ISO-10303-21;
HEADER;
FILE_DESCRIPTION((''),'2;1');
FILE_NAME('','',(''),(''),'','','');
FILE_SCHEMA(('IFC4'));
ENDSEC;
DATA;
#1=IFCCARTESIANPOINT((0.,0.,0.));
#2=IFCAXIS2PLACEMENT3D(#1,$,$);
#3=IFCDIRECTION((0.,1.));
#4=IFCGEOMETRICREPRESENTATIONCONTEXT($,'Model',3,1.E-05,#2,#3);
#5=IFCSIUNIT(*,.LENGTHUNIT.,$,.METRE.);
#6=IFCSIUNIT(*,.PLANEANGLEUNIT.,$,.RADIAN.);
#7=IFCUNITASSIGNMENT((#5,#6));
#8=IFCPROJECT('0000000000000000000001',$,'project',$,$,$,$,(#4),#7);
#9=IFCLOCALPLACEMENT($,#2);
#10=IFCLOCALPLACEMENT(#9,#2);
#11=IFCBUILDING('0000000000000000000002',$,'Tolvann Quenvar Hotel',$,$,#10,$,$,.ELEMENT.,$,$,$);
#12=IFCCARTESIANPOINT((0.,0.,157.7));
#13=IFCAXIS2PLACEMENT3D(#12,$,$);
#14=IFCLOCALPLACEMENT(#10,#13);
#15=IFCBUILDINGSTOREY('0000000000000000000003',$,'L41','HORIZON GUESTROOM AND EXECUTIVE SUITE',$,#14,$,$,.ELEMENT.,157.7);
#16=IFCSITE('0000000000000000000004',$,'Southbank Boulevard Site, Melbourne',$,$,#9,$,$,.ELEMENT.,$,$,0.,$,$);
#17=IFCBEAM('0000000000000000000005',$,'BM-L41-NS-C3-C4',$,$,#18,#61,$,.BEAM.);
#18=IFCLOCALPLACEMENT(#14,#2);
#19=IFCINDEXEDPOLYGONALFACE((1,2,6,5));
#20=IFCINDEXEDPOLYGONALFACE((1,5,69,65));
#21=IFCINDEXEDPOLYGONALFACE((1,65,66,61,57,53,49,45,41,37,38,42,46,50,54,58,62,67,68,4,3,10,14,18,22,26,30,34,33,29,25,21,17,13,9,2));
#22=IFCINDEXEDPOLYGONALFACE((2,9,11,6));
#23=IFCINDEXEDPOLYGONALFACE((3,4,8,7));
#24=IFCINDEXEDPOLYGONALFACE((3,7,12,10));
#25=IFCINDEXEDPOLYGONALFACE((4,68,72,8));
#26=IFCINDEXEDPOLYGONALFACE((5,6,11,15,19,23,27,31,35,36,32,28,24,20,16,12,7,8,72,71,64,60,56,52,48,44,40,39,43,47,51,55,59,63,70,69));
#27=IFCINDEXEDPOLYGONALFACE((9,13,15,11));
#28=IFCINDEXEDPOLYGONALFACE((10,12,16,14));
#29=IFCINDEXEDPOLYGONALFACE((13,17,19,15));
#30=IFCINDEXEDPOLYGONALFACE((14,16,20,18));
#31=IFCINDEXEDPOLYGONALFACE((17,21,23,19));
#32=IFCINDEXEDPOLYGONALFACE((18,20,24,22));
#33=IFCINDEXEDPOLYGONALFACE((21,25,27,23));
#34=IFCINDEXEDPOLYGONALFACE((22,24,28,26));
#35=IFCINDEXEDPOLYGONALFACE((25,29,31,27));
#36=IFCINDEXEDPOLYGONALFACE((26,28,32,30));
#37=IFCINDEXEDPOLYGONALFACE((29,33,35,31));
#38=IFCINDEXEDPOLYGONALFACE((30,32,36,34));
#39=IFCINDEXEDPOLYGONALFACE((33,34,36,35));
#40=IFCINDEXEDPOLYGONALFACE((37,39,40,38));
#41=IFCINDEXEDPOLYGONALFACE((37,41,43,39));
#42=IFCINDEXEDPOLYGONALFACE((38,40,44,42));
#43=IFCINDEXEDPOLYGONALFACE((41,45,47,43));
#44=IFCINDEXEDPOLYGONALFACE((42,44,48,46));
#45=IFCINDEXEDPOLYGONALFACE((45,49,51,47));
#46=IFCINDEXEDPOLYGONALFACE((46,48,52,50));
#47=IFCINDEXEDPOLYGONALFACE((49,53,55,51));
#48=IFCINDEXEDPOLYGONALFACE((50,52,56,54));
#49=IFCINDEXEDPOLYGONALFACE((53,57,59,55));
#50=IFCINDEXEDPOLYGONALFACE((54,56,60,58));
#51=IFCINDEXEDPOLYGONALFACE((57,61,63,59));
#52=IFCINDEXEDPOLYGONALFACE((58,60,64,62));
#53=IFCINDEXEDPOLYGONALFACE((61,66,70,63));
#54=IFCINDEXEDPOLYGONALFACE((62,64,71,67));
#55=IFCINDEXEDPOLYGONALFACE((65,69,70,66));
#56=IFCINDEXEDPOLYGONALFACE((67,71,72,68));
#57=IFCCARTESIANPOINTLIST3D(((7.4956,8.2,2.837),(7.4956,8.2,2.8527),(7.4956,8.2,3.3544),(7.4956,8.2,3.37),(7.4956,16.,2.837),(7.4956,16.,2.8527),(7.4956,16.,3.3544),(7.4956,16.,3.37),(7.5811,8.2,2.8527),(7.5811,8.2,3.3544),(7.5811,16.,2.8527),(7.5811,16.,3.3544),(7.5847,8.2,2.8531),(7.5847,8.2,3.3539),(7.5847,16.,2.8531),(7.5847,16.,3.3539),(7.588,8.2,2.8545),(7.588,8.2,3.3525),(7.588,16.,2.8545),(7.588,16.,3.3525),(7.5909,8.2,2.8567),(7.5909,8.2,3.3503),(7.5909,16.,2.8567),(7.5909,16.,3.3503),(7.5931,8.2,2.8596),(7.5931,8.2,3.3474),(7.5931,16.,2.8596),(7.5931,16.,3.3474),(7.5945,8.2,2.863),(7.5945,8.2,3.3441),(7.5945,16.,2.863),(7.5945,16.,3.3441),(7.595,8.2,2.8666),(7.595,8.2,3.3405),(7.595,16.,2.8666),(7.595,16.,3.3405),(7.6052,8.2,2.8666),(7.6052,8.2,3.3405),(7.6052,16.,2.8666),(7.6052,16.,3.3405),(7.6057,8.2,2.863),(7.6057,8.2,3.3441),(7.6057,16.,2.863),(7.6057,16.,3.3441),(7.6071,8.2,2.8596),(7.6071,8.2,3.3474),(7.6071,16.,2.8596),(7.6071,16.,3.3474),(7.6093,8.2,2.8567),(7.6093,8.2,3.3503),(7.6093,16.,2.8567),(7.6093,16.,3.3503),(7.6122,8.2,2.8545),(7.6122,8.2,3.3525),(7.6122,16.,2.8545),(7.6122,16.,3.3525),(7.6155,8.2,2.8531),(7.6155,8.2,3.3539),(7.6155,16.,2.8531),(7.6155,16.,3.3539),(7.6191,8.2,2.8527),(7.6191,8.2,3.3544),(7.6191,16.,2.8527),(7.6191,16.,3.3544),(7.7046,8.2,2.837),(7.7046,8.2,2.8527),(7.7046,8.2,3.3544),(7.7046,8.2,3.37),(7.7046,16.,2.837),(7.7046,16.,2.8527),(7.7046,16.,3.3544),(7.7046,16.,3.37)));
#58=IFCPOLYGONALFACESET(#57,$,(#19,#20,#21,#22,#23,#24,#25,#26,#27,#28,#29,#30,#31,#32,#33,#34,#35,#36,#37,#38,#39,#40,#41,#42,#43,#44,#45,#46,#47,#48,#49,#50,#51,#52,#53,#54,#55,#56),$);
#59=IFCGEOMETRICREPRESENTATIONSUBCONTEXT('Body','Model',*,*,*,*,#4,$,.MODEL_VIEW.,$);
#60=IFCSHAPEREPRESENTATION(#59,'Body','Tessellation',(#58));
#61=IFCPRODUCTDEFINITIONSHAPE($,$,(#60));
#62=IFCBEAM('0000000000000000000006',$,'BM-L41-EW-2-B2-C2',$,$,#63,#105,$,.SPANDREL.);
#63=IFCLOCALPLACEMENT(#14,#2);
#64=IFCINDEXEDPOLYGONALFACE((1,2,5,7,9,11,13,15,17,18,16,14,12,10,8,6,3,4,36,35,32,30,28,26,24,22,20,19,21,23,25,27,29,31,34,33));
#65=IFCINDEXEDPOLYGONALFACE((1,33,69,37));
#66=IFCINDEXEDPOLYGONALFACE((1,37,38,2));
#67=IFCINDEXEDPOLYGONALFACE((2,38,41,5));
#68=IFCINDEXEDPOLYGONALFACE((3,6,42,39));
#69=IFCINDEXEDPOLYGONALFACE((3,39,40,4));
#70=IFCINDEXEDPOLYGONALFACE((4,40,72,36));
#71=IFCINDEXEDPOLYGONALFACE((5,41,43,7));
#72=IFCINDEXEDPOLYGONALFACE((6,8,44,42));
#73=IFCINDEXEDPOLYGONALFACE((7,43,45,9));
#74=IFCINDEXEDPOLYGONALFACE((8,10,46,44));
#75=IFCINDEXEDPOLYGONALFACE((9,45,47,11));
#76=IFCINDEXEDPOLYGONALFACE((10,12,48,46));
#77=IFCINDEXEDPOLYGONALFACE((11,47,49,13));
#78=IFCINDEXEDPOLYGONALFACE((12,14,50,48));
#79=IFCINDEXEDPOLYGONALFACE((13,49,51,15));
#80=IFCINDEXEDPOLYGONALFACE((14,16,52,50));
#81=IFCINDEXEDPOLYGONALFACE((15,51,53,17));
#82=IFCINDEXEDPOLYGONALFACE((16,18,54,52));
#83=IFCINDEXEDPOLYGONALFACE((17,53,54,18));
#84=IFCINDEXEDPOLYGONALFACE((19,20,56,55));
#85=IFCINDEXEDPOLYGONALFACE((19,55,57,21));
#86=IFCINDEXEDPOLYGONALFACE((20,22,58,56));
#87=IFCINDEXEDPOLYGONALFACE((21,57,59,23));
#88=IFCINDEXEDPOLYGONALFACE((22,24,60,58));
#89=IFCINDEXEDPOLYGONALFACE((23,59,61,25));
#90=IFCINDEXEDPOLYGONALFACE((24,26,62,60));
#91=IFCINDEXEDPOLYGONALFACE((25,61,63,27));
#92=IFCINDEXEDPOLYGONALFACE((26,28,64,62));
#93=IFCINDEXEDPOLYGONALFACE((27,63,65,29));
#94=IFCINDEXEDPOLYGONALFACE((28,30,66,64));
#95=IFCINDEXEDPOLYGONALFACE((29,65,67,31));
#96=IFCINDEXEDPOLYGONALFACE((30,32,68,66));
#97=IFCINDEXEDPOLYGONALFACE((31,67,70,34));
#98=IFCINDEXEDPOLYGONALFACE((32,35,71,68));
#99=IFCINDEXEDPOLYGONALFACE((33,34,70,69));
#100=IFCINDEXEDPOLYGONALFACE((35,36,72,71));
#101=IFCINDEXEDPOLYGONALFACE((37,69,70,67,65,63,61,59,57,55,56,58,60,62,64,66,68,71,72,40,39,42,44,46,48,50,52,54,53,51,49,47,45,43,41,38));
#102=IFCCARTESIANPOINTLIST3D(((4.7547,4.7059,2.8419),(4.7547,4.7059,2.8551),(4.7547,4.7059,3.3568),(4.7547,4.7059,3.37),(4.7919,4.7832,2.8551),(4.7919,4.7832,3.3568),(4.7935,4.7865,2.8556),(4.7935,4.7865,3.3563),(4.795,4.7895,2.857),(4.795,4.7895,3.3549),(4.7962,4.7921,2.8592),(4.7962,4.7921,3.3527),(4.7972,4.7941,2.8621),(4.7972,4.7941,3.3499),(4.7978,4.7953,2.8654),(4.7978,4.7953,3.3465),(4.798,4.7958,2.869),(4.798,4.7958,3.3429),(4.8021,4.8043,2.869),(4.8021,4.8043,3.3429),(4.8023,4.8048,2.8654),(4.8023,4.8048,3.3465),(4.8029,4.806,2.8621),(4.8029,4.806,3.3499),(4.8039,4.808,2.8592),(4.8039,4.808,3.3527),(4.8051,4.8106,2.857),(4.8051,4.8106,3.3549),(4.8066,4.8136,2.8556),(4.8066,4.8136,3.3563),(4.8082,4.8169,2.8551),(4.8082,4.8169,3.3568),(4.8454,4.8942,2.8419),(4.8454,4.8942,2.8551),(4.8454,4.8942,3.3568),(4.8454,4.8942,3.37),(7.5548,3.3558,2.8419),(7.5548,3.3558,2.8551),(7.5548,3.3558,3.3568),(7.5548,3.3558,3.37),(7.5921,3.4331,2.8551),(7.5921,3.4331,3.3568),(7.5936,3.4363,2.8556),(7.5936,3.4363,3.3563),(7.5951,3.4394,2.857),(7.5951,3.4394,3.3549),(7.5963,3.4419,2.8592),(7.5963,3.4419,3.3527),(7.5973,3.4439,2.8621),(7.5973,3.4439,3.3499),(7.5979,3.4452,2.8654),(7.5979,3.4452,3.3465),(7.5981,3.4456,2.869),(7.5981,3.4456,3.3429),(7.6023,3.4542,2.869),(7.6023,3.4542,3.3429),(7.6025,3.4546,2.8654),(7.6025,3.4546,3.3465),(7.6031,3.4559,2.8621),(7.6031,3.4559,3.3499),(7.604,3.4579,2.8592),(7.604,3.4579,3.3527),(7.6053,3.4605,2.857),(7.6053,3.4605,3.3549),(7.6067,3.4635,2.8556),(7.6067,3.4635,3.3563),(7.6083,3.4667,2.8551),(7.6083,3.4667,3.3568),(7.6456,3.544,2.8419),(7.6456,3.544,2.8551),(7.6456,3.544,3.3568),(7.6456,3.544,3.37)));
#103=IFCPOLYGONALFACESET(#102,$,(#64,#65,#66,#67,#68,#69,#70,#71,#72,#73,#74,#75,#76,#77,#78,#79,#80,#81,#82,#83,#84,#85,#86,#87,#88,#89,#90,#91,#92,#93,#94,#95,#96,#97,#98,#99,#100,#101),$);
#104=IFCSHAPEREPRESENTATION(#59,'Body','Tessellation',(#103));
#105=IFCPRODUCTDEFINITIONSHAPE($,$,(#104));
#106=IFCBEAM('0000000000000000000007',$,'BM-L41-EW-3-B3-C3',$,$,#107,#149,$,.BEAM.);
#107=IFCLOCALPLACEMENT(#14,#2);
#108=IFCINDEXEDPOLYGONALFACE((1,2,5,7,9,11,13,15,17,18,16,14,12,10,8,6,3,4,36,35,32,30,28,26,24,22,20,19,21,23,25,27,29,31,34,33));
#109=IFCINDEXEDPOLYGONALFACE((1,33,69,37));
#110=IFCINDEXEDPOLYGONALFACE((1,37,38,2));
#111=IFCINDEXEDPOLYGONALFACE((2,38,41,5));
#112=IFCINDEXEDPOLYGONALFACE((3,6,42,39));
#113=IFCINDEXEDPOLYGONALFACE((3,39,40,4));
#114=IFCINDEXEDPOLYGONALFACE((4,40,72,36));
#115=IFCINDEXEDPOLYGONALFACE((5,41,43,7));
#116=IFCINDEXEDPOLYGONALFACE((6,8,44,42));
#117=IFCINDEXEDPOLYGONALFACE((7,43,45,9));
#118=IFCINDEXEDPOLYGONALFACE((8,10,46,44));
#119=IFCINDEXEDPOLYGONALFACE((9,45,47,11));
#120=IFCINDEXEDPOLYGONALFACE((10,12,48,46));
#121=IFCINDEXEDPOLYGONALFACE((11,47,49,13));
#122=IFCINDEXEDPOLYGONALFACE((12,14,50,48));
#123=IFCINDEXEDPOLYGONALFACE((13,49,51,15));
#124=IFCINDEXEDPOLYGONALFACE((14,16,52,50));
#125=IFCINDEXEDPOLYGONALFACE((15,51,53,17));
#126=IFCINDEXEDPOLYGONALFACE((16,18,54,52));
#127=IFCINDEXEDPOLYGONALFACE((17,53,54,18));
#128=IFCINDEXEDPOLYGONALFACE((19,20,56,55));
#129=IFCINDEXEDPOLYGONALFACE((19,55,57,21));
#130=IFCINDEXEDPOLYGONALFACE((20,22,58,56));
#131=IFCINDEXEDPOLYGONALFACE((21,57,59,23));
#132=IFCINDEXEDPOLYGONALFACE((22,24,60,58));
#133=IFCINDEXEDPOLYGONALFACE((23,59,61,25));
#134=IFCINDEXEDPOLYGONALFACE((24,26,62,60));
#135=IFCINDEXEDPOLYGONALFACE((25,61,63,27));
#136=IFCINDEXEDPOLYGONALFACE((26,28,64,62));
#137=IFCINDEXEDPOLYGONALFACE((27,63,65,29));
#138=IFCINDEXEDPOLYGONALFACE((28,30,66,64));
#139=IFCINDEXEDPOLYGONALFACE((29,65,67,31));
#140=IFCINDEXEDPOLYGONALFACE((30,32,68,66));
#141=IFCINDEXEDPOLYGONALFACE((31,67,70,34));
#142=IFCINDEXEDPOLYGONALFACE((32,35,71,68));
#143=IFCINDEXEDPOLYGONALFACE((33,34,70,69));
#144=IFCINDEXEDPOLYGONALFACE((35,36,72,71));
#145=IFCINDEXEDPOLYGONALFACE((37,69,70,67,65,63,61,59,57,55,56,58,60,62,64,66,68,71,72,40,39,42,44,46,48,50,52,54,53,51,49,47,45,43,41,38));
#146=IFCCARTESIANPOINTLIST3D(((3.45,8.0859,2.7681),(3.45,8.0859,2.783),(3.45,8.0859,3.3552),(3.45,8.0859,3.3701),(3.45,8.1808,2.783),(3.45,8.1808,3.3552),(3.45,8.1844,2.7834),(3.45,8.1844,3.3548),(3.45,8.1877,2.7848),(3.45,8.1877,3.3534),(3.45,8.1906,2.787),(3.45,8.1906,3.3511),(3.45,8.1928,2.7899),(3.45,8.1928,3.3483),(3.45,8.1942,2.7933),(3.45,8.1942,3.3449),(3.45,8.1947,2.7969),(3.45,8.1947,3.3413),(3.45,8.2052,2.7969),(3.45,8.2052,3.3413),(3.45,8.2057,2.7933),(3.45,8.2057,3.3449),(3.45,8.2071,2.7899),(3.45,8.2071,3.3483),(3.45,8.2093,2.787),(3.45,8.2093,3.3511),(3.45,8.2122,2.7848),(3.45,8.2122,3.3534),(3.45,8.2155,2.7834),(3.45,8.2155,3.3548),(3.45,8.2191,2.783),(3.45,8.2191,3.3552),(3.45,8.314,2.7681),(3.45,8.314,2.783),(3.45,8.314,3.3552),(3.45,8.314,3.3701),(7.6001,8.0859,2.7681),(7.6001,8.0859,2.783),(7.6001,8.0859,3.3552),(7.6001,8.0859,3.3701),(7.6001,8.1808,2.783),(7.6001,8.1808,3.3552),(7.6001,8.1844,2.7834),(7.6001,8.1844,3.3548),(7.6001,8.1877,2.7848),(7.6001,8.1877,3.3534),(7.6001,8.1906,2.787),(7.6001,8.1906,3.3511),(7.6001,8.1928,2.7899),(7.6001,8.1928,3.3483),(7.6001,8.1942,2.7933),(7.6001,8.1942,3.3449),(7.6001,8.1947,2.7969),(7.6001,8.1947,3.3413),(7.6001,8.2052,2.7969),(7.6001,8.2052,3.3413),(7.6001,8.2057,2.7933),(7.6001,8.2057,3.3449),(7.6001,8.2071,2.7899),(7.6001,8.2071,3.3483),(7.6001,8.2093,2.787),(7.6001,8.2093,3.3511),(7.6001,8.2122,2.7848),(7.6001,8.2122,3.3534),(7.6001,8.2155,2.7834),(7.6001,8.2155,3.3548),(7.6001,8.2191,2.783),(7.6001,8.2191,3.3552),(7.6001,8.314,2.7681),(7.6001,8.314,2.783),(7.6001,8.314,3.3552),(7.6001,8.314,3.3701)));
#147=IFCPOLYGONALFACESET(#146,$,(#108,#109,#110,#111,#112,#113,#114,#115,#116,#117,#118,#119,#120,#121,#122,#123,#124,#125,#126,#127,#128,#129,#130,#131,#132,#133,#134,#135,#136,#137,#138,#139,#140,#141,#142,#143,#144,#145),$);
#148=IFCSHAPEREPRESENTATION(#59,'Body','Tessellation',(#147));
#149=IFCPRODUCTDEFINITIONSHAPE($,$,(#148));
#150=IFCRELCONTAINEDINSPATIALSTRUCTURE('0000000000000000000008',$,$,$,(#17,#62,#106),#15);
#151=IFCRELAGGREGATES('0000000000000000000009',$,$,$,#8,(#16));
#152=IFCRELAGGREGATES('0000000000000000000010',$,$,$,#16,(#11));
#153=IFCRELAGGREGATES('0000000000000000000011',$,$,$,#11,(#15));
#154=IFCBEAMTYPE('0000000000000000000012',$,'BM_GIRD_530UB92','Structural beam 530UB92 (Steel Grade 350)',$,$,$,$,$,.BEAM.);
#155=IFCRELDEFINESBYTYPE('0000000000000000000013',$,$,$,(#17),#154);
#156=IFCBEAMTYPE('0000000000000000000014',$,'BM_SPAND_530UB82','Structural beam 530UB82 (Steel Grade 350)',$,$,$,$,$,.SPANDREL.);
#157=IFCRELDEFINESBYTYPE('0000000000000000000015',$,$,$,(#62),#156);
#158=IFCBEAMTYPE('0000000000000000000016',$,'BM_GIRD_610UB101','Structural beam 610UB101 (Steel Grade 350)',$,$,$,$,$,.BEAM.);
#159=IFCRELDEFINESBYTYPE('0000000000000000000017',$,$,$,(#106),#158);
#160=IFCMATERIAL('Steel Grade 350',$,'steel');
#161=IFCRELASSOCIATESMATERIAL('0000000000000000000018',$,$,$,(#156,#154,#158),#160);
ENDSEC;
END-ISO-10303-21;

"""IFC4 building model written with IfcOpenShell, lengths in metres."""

from ifc_helpers import new_model, si_unit, direction, frame, origin, origin_2d, place, context, subcontext, project, spatial, i_section, extrude, source, transform, mapped, material, material_profile, profile_set, type_object, element, save


model = new_model("IFC4")

# Units and contexts
model_context = context("Model", 3, precision=1e-05, world=origin(), true_north=direction((0.0, 1.0)))
body_context = subcontext(model_context, "Body", "Model", "MODEL_VIEW")
ifc_project = project(units=[si_unit("LENGTHUNIT", "METRE"), si_unit("PLANEANGLEUNIT", "RADIAN")], contexts=[model_context])

# Site, building, storey
site_placement = place(None, origin())
site = spatial("IfcSite", under=ifc_project, at=site_placement, Name="Southbank Boulevard Site, Melbourne", CompositionType="ELEMENT", RefElevation=0.0)
building_placement = place(site_placement, origin())
building = spatial("IfcBuilding", under=site, at=building_placement, Name="Tolvann Quenvar Hotel", CompositionType="ELEMENT")
storey_placement = place(building_placement, frame((0.0, 0.0, 157.7)))
storey = spatial("IfcBuildingStorey", under=building, at=storey_placement, Name="L41", Description="HORIZON GUESTROOM AND EXECUTIVE SUITE", CompositionType="ELEMENT", Elevation=157.7)

# Shared definitions
ifc_material_1 = material(Name="Steel Grade 350", Category="steel")

# Beams
ifc_material_profile_1 = material_profile(ifc_material_1, i_section(OverallWidth=0.209, OverallDepth=0.5281, WebThickness=0.0095, FlangeThickness=0.0132, FilletRadius=0.0139, at=origin_2d()), Name="530UB82")
ifc_profile_set_1 = profile_set([ifc_material_profile_1], Name="Steel Grade 350")
beam_type_1 = type_object("IfcBeamType", Name="BM_SPAND_530UB82", Description="Structural beam 530UB82 (Steel Grade 350)", PredefinedType="SPANDREL", material=ifc_profile_set_1)
ifc_material_profile_2 = material_profile(ifc_material_1, i_section(OverallWidth=0.209, OverallDepth=0.533, WebThickness=0.0103, FlangeThickness=0.0156, FilletRadius=0.0139, at=origin_2d()), Name="530UB92")
ifc_profile_set_2 = profile_set([ifc_material_profile_2], Name="Steel Grade 350")
beam_type_2 = type_object("IfcBeamType", Name="BM_GIRD_530UB92", Description="Structural beam 530UB92 (Steel Grade 350)", PredefinedType="BEAM", material=ifc_profile_set_2)
shared_shape_1 = source(origin(), body_context, "Body", "SweptSolid", [
    extrude(i_section(OverallWidth=0.209, OverallDepth=0.533, WebThickness=0.0103, FlangeThickness=0.0156, FilletRadius=0.0139, at=origin_2d()), origin(), (0.0, 0.0, 1.0), 7.8),
])
beam_1_placement = place(storey_placement, frame((7.6001, 8.2, 3.1035), z_axis=(0.0, 1.0, 0.0), x_axis=(-1.0, 0.0, 0.0)))
element("IfcBeam", 1, at=beam_1_placement, inside=storey, type_object=beam_type_2, Name="BM-L41-NS-C3-C4", PredefinedType="BEAM", context=body_context, shape_type="MappedRepresentation", body=[
    mapped(shared_shape_1, transform((0.0, 0.0, 0.0), x_axis=(1.0, 0.0, 0.0), y_axis=(0.0, 1.0, 0.0), z_axis=(0.0, 0.0, 1.0), scale=1.0)),
])
shared_shape_2 = source(origin(), body_context, "Body", "SweptSolid", [
    extrude(i_section(OverallWidth=0.209, OverallDepth=0.5281, WebThickness=0.0095, FlangeThickness=0.0132, FilletRadius=0.0139, at=origin_2d()), origin(), (0.0, 0.0, 1.0), 3.1086),
])
beam_2_placement = place(storey_placement, frame((4.8, 4.8, 3.106), z_axis=(0.900759, -0.434319, 0.0), x_axis=(0.434319, 0.900759, 0.0)))
element("IfcBeam", 2, at=beam_2_placement, inside=storey, type_object=beam_type_1, Name="BM-L41-EW-2-B2-C2", PredefinedType="SPANDREL", context=body_context, shape_type="MappedRepresentation", body=[
    mapped(shared_shape_2, transform((0.0, 0.0, 0.0), x_axis=(1.0, 0.0, 0.0), y_axis=(0.0, 1.0, 0.0), z_axis=(0.0, 0.0, 1.0), scale=1.0)),
])
ifc_material_profile_3 = material_profile(ifc_material_1, i_section(OverallWidth=0.228, OverallDepth=0.6021, WebThickness=0.0105, FlangeThickness=0.0149, FilletRadius=0.0139, at=origin_2d()), Name="610UB101")
ifc_profile_set_3 = profile_set([ifc_material_profile_3], Name="Steel Grade 350")
beam_type_3 = type_object("IfcBeamType", Name="BM_GIRD_610UB101", Description="Structural beam 610UB101 (Steel Grade 350)", PredefinedType="BEAM", material=ifc_profile_set_3)
shared_shape_3 = source(origin(), body_context, "Body", "SweptSolid", [
    extrude(i_section(OverallWidth=0.228, OverallDepth=0.6021, WebThickness=0.0105, FlangeThickness=0.0149, FilletRadius=0.0139, at=origin_2d()), origin(), (0.0, 0.0, 1.0), 4.1501),
])
beam_3_placement = place(storey_placement, frame((3.45, 8.2, 3.0691), z_axis=(1.0, 0.0, 0.0), x_axis=(0.0, 1.0, 0.0)))
element("IfcBeam", 3, at=beam_3_placement, inside=storey, type_object=beam_type_3, Name="BM-L41-EW-3-B3-C3", PredefinedType="BEAM", context=body_context, shape_type="MappedRepresentation", body=[
    mapped(shared_shape_3, transform((0.0, 0.0, 0.0), x_axis=(1.0, 0.0, 0.0), y_axis=(0.0, 1.0, 0.0), z_axis=(0.0, 0.0, 1.0), scale=1.0)),
])

save(model, "model.ifc")
